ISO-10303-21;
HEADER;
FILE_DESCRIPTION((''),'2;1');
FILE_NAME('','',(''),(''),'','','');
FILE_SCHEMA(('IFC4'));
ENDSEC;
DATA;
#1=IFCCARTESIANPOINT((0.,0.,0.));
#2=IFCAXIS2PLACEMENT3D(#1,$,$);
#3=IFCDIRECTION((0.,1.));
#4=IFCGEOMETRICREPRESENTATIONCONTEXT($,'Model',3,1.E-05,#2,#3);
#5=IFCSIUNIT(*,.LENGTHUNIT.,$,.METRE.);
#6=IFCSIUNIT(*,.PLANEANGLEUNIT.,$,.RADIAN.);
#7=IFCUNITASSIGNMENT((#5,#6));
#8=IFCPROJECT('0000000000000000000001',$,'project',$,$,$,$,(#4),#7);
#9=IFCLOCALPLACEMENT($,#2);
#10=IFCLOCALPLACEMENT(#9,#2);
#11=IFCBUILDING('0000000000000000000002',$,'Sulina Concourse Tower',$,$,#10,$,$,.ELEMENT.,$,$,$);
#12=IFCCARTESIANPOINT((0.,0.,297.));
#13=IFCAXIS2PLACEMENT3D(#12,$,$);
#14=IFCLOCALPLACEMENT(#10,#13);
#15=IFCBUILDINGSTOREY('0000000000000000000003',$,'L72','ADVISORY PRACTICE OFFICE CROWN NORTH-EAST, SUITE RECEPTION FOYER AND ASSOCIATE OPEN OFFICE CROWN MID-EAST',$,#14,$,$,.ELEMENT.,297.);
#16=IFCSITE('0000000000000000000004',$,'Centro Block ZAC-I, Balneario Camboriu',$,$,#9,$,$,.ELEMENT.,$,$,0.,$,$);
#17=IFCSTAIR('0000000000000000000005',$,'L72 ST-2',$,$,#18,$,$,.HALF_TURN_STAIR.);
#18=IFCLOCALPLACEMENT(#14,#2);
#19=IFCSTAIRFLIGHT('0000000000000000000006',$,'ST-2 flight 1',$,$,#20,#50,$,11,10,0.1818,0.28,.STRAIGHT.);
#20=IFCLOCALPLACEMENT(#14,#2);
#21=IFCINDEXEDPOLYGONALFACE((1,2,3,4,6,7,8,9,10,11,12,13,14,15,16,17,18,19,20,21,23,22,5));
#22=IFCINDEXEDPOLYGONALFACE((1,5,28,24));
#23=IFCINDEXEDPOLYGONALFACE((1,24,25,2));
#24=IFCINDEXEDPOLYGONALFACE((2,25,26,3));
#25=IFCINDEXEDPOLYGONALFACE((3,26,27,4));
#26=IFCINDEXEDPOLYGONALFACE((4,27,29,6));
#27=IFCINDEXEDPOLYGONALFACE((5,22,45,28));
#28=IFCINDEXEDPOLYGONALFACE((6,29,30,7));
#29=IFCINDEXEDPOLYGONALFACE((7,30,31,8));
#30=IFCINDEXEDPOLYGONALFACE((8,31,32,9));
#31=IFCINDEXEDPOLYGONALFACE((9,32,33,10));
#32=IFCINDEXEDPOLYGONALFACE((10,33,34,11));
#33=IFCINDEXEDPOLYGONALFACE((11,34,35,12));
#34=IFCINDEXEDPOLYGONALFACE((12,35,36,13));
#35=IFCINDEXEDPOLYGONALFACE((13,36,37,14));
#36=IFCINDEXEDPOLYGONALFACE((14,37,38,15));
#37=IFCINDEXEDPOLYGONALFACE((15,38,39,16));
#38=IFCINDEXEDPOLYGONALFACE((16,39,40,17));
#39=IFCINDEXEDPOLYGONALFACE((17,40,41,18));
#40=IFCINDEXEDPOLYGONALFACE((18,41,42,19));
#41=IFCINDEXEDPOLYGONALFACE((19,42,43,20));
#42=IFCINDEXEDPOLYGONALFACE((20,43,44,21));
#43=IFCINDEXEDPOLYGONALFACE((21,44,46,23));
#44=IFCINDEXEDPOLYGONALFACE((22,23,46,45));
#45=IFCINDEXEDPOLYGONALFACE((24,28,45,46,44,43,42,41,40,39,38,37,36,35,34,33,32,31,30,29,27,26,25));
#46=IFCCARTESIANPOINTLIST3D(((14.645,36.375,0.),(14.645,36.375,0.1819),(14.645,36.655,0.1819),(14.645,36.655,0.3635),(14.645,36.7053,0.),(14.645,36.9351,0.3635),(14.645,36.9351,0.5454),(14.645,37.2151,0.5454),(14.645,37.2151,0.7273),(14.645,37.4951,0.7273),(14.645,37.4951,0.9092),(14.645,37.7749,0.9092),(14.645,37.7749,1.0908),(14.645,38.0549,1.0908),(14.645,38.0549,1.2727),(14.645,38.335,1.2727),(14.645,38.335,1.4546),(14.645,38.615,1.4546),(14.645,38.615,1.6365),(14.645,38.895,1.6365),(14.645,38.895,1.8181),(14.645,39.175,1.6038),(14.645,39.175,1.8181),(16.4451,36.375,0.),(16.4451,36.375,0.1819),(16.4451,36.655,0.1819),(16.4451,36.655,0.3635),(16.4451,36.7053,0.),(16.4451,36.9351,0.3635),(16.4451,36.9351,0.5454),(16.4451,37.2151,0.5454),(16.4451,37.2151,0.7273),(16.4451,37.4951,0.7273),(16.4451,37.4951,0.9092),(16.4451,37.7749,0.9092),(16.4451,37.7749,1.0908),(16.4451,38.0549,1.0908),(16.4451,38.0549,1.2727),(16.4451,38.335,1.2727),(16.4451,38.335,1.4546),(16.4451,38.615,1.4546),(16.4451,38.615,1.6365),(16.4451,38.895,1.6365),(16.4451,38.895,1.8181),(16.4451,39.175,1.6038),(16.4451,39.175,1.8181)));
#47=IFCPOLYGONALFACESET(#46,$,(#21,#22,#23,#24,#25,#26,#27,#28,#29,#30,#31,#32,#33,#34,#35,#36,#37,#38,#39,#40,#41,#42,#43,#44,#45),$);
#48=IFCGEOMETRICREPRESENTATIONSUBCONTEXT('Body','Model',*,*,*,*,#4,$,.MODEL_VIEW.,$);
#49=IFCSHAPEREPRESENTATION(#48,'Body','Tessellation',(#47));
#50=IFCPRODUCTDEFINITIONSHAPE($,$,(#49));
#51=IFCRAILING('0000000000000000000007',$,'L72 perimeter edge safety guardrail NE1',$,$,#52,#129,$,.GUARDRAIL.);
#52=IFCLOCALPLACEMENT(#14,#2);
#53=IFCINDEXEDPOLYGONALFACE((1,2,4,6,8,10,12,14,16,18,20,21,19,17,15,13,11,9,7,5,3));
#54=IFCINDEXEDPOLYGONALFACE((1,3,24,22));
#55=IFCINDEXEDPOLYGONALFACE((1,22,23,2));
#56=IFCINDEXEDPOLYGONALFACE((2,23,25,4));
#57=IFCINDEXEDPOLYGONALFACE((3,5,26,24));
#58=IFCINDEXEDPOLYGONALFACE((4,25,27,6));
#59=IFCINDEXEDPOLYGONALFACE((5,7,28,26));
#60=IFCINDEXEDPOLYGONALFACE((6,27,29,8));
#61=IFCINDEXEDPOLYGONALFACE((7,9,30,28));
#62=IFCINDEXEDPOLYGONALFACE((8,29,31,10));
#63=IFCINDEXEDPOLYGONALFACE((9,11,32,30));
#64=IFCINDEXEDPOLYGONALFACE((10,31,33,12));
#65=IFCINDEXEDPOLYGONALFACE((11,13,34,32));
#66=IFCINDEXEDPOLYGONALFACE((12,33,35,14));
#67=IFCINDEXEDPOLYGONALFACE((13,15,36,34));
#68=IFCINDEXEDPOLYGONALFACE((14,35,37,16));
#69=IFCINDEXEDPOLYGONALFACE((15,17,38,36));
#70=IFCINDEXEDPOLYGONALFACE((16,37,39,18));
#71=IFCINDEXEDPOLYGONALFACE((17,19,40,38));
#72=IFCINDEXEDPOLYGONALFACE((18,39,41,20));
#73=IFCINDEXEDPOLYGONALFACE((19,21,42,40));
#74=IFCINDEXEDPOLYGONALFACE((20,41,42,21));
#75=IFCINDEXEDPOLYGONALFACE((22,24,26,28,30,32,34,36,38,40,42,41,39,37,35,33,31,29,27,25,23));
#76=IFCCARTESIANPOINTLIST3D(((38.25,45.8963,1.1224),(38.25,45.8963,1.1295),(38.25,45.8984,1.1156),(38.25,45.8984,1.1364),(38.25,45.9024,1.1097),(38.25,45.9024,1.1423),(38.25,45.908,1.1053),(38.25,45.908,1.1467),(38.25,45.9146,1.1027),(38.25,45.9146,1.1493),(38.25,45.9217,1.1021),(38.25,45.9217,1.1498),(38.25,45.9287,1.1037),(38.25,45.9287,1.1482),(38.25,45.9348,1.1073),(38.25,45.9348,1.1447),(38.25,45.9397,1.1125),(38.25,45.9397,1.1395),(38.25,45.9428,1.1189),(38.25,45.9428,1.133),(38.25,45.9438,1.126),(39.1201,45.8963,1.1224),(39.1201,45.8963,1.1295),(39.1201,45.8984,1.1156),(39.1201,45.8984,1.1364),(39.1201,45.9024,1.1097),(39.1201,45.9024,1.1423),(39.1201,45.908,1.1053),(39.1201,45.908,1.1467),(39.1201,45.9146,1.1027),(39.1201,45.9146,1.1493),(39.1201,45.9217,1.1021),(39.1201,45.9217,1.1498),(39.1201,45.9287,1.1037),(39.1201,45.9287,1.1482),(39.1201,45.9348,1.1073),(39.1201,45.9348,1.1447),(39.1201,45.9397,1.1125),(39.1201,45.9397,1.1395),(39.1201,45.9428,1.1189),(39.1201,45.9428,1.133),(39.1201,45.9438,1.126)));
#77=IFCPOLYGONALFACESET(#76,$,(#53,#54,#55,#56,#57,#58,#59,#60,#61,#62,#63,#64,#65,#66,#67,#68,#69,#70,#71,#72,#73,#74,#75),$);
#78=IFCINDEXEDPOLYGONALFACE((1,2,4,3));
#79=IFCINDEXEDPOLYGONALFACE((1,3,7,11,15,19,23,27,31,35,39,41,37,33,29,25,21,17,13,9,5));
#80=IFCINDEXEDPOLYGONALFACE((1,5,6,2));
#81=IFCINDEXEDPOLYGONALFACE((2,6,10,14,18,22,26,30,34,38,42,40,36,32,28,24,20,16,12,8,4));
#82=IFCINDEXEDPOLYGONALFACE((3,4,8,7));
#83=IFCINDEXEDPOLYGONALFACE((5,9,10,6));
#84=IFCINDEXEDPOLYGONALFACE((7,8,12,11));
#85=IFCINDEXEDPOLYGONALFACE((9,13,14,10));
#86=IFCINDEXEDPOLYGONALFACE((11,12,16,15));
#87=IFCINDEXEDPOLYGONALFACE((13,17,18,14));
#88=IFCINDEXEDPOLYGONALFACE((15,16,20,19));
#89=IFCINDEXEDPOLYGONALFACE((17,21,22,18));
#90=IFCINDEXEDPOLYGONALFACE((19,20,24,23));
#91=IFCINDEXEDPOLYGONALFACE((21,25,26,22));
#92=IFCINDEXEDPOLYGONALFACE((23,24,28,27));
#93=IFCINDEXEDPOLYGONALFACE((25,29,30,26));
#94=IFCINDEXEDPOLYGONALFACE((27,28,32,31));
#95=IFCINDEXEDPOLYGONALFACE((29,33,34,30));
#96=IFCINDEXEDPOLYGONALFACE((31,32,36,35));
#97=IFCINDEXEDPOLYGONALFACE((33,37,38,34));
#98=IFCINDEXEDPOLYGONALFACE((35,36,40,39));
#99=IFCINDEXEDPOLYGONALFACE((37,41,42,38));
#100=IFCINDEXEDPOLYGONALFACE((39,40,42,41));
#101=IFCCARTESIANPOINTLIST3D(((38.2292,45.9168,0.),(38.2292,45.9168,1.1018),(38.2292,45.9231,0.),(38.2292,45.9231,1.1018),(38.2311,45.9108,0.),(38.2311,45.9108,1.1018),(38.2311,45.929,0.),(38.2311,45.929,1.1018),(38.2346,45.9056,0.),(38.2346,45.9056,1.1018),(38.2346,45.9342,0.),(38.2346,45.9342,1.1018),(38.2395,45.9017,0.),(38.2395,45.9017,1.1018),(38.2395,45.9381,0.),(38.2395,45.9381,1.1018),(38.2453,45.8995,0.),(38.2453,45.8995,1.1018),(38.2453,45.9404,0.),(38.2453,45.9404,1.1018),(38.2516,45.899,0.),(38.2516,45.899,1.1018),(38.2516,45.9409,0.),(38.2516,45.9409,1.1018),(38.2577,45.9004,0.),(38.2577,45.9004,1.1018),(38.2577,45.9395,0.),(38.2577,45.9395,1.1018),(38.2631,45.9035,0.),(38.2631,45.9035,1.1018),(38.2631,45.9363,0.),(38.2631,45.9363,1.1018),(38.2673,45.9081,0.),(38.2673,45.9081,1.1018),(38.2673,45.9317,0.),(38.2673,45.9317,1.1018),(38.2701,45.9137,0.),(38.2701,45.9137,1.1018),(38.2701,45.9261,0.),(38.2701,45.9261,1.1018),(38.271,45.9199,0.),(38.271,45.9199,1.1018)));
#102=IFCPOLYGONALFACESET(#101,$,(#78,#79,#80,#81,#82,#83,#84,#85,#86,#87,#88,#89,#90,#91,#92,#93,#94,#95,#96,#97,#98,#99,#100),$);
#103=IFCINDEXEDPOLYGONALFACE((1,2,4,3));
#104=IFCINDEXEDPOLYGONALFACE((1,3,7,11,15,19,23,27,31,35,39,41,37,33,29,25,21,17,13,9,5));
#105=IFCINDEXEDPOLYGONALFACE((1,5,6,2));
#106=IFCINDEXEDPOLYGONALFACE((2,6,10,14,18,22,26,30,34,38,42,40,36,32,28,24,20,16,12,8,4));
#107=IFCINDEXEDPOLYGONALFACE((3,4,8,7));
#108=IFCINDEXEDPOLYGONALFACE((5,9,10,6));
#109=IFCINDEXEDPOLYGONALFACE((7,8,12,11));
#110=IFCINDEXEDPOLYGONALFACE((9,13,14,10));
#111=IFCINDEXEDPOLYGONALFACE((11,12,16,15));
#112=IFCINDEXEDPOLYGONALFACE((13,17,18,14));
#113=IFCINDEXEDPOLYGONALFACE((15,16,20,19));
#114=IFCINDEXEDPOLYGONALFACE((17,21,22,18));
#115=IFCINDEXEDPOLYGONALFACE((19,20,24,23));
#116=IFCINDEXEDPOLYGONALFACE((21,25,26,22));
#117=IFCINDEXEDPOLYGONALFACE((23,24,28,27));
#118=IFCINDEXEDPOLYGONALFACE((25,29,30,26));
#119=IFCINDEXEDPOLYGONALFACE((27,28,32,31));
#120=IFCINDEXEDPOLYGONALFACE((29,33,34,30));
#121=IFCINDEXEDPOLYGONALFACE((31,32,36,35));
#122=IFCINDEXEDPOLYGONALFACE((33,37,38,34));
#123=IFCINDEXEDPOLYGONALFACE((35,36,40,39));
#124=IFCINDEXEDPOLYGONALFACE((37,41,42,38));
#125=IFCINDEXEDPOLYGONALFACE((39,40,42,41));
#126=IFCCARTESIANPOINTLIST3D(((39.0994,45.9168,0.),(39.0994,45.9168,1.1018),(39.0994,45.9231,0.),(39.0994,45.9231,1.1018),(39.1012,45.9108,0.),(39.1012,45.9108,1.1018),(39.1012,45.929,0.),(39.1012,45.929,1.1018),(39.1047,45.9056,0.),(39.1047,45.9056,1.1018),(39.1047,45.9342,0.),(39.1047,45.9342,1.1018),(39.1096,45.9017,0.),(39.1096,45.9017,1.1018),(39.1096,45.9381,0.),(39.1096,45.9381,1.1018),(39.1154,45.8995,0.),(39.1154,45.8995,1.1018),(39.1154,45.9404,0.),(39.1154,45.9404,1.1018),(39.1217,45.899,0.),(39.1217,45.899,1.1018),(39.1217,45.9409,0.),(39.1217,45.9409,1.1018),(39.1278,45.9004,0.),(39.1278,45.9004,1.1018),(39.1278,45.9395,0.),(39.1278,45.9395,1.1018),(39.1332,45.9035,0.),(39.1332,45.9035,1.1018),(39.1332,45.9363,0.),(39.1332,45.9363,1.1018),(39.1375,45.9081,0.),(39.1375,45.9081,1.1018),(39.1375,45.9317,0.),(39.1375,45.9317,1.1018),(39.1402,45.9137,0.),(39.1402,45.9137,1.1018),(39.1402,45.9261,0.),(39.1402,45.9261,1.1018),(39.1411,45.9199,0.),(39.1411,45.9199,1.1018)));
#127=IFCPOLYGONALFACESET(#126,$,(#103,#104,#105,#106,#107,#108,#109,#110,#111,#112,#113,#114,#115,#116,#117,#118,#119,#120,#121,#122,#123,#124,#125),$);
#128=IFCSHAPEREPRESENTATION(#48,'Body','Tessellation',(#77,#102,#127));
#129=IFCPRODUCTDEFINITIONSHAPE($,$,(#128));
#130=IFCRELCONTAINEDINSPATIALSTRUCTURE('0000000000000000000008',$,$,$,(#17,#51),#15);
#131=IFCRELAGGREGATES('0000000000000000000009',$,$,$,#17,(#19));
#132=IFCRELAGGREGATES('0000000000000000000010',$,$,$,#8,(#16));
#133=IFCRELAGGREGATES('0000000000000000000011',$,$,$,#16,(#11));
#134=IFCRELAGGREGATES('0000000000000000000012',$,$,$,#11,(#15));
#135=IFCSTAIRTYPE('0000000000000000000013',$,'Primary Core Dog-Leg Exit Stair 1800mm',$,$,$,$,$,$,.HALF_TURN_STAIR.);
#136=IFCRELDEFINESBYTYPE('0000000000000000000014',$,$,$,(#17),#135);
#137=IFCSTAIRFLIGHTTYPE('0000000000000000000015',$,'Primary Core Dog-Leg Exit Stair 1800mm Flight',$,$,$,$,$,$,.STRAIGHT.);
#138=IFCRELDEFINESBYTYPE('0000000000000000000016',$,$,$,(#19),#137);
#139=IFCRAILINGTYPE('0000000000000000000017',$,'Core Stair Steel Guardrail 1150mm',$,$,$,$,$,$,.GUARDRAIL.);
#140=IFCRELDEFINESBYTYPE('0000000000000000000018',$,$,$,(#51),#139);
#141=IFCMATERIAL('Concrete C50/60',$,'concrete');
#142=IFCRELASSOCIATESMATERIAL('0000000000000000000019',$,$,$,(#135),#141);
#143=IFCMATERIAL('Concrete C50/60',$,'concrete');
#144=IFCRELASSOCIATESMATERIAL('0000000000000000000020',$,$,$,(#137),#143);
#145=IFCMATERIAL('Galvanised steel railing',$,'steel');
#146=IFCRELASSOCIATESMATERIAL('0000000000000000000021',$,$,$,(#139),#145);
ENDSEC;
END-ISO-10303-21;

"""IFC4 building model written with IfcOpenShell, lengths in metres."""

from ifc_helpers import new_model, si_unit, direction, frame, origin, origin_2d, place, context, subcontext, project, spatial, polyline, circle, outline, extrude, material, type_object, element, aggregate, save


model = new_model("IFC4")

# Units and contexts
model_context = context("Model", 3, precision=1e-05, world=origin(), true_north=direction((0.0, 1.0)))
body_context = subcontext(model_context, "Body", "Model", "MODEL_VIEW")
ifc_project = project(units=[si_unit("LENGTHUNIT", "METRE"), si_unit("PLANEANGLEUNIT", "RADIAN")], contexts=[model_context])

# Site, building, storey
site_placement = place(None, origin())
site = spatial("IfcSite", under=ifc_project, at=site_placement, Name="Centro Block ZAC-I, Balneario Camboriu", CompositionType="ELEMENT", RefElevation=0.0)
building_placement = place(site_placement, origin())
building = spatial("IfcBuilding", under=site, at=building_placement, Name="Sulina Concourse Tower", CompositionType="ELEMENT")
storey_placement = place(building_placement, frame((0.0, 0.0, 297.0)))
storey = spatial("IfcBuildingStorey", under=building, at=storey_placement, Name="L72", Description="ADVISORY PRACTICE OFFICE CROWN NORTH-EAST, SUITE RECEPTION FOYER AND ASSOCIATE OPEN OFFICE CROWN MID-EAST", CompositionType="ELEMENT", Elevation=297.0)

# Stair, stair flight
ifc_material_1 = material(Name="Concrete C50/60", Category="concrete")
stair_type = type_object("IfcStairType", Name="Primary Core Dog-Leg Exit Stair 1800mm", PredefinedType="HALF_TURN_STAIR", material=ifc_material_1)
stair_placement = place(storey_placement, origin())
stair = element("IfcStair", 1, at=stair_placement, inside=storey, type_object=stair_type, Name="L72 ST-2", PredefinedType="HALF_TURN_STAIR")
ifc_material_2 = material(Name="Concrete C50/60", Category="concrete")
stair_flight_type = type_object("IfcStairFlightType", Name="Primary Core Dog-Leg Exit Stair 1800mm Flight", PredefinedType="STRAIGHT", material=ifc_material_2)
stair_flight_placement = place(storey_placement, frame((15.5449, 36.375, 0.0), z_axis=(0.0, 0.0, 1.0), x_axis=(0.0, 1.0, 0.0)))
stair_flight = element("IfcStairFlight", 2, at=stair_flight_placement, type_object=stair_flight_type, Name="ST-2 flight 1", NumberOfRisers=11, NumberOfTreads=10, PredefinedType="STRAIGHT", RiserHeight=0.1818, TreadLength=0.28, context=body_context, shape_type="SweptSolid", body=[
    extrude(outline(polyline([(0.0, 0.0), (0.0, 0.1819), (0.28, 0.1819), (0.28, 0.3635), (0.5601, 0.3635), (0.5601, 0.5454), (0.8401, 0.5454), (0.8401, 0.7273), (1.1201, 0.7273), (1.1201, 0.9092), (1.3999, 0.9092), (1.3999, 1.0908), (1.6799, 1.0908), (1.6799, 1.2727), (1.96, 1.2727), (1.96, 1.4546), (2.24, 1.4546), (2.24, 1.6365), (2.52, 1.6365), (2.52, 1.8181), (2.8, 1.8181), (2.8, 2.0), (2.8, 1.6038), (0.3303, 0.0), (0.0, 0.0)])), frame((0.0, 0.8999, 0.0), z_axis=(0.0, -1.0, 0.0), x_axis=(1.0, 0.0, 0.0)), (0.0, 0.0, 1.0), 1.8),
])
aggregate(stair, [stair_flight])

# Railing
ifc_material_3 = material(Name="Galvanised steel railing", Category="steel")
railing_type_1 = type_object("IfcRailingType", Name="Core Stair Steel Guardrail 1150mm", PredefinedType="GUARDRAIL", material=ifc_material_3)
railing_1_placement = place(storey_placement, frame((38.25, 45.9199, 0.0)))
element("IfcRailing", 3, at=railing_1_placement, inside=storey, type_object=railing_type_1, Name="L72 perimeter edge safety guardrail NE1", PredefinedType="GUARDRAIL", context=body_context, shape_type="SweptSolid", body=[
    extrude(circle(Radius=0.0239, at=origin_2d()), frame((0.0, 0.0, 1.126), z_axis=(1.0, 0.0, 0.0), x_axis=(0.0, 1.0, 0.0)), (0.0, 0.0, 1.0), 0.8701),
    extrude(circle(Radius=0.021, at=origin_2d()), origin(), (0.0, 0.0, 1.0), 1.1018),
    extrude(circle(Radius=0.021, at=origin_2d()), frame((0.8701, 0.0, 0.0)), (0.0, 0.0, 1.0), 1.1018),
])

save(model, "model.ifc")
